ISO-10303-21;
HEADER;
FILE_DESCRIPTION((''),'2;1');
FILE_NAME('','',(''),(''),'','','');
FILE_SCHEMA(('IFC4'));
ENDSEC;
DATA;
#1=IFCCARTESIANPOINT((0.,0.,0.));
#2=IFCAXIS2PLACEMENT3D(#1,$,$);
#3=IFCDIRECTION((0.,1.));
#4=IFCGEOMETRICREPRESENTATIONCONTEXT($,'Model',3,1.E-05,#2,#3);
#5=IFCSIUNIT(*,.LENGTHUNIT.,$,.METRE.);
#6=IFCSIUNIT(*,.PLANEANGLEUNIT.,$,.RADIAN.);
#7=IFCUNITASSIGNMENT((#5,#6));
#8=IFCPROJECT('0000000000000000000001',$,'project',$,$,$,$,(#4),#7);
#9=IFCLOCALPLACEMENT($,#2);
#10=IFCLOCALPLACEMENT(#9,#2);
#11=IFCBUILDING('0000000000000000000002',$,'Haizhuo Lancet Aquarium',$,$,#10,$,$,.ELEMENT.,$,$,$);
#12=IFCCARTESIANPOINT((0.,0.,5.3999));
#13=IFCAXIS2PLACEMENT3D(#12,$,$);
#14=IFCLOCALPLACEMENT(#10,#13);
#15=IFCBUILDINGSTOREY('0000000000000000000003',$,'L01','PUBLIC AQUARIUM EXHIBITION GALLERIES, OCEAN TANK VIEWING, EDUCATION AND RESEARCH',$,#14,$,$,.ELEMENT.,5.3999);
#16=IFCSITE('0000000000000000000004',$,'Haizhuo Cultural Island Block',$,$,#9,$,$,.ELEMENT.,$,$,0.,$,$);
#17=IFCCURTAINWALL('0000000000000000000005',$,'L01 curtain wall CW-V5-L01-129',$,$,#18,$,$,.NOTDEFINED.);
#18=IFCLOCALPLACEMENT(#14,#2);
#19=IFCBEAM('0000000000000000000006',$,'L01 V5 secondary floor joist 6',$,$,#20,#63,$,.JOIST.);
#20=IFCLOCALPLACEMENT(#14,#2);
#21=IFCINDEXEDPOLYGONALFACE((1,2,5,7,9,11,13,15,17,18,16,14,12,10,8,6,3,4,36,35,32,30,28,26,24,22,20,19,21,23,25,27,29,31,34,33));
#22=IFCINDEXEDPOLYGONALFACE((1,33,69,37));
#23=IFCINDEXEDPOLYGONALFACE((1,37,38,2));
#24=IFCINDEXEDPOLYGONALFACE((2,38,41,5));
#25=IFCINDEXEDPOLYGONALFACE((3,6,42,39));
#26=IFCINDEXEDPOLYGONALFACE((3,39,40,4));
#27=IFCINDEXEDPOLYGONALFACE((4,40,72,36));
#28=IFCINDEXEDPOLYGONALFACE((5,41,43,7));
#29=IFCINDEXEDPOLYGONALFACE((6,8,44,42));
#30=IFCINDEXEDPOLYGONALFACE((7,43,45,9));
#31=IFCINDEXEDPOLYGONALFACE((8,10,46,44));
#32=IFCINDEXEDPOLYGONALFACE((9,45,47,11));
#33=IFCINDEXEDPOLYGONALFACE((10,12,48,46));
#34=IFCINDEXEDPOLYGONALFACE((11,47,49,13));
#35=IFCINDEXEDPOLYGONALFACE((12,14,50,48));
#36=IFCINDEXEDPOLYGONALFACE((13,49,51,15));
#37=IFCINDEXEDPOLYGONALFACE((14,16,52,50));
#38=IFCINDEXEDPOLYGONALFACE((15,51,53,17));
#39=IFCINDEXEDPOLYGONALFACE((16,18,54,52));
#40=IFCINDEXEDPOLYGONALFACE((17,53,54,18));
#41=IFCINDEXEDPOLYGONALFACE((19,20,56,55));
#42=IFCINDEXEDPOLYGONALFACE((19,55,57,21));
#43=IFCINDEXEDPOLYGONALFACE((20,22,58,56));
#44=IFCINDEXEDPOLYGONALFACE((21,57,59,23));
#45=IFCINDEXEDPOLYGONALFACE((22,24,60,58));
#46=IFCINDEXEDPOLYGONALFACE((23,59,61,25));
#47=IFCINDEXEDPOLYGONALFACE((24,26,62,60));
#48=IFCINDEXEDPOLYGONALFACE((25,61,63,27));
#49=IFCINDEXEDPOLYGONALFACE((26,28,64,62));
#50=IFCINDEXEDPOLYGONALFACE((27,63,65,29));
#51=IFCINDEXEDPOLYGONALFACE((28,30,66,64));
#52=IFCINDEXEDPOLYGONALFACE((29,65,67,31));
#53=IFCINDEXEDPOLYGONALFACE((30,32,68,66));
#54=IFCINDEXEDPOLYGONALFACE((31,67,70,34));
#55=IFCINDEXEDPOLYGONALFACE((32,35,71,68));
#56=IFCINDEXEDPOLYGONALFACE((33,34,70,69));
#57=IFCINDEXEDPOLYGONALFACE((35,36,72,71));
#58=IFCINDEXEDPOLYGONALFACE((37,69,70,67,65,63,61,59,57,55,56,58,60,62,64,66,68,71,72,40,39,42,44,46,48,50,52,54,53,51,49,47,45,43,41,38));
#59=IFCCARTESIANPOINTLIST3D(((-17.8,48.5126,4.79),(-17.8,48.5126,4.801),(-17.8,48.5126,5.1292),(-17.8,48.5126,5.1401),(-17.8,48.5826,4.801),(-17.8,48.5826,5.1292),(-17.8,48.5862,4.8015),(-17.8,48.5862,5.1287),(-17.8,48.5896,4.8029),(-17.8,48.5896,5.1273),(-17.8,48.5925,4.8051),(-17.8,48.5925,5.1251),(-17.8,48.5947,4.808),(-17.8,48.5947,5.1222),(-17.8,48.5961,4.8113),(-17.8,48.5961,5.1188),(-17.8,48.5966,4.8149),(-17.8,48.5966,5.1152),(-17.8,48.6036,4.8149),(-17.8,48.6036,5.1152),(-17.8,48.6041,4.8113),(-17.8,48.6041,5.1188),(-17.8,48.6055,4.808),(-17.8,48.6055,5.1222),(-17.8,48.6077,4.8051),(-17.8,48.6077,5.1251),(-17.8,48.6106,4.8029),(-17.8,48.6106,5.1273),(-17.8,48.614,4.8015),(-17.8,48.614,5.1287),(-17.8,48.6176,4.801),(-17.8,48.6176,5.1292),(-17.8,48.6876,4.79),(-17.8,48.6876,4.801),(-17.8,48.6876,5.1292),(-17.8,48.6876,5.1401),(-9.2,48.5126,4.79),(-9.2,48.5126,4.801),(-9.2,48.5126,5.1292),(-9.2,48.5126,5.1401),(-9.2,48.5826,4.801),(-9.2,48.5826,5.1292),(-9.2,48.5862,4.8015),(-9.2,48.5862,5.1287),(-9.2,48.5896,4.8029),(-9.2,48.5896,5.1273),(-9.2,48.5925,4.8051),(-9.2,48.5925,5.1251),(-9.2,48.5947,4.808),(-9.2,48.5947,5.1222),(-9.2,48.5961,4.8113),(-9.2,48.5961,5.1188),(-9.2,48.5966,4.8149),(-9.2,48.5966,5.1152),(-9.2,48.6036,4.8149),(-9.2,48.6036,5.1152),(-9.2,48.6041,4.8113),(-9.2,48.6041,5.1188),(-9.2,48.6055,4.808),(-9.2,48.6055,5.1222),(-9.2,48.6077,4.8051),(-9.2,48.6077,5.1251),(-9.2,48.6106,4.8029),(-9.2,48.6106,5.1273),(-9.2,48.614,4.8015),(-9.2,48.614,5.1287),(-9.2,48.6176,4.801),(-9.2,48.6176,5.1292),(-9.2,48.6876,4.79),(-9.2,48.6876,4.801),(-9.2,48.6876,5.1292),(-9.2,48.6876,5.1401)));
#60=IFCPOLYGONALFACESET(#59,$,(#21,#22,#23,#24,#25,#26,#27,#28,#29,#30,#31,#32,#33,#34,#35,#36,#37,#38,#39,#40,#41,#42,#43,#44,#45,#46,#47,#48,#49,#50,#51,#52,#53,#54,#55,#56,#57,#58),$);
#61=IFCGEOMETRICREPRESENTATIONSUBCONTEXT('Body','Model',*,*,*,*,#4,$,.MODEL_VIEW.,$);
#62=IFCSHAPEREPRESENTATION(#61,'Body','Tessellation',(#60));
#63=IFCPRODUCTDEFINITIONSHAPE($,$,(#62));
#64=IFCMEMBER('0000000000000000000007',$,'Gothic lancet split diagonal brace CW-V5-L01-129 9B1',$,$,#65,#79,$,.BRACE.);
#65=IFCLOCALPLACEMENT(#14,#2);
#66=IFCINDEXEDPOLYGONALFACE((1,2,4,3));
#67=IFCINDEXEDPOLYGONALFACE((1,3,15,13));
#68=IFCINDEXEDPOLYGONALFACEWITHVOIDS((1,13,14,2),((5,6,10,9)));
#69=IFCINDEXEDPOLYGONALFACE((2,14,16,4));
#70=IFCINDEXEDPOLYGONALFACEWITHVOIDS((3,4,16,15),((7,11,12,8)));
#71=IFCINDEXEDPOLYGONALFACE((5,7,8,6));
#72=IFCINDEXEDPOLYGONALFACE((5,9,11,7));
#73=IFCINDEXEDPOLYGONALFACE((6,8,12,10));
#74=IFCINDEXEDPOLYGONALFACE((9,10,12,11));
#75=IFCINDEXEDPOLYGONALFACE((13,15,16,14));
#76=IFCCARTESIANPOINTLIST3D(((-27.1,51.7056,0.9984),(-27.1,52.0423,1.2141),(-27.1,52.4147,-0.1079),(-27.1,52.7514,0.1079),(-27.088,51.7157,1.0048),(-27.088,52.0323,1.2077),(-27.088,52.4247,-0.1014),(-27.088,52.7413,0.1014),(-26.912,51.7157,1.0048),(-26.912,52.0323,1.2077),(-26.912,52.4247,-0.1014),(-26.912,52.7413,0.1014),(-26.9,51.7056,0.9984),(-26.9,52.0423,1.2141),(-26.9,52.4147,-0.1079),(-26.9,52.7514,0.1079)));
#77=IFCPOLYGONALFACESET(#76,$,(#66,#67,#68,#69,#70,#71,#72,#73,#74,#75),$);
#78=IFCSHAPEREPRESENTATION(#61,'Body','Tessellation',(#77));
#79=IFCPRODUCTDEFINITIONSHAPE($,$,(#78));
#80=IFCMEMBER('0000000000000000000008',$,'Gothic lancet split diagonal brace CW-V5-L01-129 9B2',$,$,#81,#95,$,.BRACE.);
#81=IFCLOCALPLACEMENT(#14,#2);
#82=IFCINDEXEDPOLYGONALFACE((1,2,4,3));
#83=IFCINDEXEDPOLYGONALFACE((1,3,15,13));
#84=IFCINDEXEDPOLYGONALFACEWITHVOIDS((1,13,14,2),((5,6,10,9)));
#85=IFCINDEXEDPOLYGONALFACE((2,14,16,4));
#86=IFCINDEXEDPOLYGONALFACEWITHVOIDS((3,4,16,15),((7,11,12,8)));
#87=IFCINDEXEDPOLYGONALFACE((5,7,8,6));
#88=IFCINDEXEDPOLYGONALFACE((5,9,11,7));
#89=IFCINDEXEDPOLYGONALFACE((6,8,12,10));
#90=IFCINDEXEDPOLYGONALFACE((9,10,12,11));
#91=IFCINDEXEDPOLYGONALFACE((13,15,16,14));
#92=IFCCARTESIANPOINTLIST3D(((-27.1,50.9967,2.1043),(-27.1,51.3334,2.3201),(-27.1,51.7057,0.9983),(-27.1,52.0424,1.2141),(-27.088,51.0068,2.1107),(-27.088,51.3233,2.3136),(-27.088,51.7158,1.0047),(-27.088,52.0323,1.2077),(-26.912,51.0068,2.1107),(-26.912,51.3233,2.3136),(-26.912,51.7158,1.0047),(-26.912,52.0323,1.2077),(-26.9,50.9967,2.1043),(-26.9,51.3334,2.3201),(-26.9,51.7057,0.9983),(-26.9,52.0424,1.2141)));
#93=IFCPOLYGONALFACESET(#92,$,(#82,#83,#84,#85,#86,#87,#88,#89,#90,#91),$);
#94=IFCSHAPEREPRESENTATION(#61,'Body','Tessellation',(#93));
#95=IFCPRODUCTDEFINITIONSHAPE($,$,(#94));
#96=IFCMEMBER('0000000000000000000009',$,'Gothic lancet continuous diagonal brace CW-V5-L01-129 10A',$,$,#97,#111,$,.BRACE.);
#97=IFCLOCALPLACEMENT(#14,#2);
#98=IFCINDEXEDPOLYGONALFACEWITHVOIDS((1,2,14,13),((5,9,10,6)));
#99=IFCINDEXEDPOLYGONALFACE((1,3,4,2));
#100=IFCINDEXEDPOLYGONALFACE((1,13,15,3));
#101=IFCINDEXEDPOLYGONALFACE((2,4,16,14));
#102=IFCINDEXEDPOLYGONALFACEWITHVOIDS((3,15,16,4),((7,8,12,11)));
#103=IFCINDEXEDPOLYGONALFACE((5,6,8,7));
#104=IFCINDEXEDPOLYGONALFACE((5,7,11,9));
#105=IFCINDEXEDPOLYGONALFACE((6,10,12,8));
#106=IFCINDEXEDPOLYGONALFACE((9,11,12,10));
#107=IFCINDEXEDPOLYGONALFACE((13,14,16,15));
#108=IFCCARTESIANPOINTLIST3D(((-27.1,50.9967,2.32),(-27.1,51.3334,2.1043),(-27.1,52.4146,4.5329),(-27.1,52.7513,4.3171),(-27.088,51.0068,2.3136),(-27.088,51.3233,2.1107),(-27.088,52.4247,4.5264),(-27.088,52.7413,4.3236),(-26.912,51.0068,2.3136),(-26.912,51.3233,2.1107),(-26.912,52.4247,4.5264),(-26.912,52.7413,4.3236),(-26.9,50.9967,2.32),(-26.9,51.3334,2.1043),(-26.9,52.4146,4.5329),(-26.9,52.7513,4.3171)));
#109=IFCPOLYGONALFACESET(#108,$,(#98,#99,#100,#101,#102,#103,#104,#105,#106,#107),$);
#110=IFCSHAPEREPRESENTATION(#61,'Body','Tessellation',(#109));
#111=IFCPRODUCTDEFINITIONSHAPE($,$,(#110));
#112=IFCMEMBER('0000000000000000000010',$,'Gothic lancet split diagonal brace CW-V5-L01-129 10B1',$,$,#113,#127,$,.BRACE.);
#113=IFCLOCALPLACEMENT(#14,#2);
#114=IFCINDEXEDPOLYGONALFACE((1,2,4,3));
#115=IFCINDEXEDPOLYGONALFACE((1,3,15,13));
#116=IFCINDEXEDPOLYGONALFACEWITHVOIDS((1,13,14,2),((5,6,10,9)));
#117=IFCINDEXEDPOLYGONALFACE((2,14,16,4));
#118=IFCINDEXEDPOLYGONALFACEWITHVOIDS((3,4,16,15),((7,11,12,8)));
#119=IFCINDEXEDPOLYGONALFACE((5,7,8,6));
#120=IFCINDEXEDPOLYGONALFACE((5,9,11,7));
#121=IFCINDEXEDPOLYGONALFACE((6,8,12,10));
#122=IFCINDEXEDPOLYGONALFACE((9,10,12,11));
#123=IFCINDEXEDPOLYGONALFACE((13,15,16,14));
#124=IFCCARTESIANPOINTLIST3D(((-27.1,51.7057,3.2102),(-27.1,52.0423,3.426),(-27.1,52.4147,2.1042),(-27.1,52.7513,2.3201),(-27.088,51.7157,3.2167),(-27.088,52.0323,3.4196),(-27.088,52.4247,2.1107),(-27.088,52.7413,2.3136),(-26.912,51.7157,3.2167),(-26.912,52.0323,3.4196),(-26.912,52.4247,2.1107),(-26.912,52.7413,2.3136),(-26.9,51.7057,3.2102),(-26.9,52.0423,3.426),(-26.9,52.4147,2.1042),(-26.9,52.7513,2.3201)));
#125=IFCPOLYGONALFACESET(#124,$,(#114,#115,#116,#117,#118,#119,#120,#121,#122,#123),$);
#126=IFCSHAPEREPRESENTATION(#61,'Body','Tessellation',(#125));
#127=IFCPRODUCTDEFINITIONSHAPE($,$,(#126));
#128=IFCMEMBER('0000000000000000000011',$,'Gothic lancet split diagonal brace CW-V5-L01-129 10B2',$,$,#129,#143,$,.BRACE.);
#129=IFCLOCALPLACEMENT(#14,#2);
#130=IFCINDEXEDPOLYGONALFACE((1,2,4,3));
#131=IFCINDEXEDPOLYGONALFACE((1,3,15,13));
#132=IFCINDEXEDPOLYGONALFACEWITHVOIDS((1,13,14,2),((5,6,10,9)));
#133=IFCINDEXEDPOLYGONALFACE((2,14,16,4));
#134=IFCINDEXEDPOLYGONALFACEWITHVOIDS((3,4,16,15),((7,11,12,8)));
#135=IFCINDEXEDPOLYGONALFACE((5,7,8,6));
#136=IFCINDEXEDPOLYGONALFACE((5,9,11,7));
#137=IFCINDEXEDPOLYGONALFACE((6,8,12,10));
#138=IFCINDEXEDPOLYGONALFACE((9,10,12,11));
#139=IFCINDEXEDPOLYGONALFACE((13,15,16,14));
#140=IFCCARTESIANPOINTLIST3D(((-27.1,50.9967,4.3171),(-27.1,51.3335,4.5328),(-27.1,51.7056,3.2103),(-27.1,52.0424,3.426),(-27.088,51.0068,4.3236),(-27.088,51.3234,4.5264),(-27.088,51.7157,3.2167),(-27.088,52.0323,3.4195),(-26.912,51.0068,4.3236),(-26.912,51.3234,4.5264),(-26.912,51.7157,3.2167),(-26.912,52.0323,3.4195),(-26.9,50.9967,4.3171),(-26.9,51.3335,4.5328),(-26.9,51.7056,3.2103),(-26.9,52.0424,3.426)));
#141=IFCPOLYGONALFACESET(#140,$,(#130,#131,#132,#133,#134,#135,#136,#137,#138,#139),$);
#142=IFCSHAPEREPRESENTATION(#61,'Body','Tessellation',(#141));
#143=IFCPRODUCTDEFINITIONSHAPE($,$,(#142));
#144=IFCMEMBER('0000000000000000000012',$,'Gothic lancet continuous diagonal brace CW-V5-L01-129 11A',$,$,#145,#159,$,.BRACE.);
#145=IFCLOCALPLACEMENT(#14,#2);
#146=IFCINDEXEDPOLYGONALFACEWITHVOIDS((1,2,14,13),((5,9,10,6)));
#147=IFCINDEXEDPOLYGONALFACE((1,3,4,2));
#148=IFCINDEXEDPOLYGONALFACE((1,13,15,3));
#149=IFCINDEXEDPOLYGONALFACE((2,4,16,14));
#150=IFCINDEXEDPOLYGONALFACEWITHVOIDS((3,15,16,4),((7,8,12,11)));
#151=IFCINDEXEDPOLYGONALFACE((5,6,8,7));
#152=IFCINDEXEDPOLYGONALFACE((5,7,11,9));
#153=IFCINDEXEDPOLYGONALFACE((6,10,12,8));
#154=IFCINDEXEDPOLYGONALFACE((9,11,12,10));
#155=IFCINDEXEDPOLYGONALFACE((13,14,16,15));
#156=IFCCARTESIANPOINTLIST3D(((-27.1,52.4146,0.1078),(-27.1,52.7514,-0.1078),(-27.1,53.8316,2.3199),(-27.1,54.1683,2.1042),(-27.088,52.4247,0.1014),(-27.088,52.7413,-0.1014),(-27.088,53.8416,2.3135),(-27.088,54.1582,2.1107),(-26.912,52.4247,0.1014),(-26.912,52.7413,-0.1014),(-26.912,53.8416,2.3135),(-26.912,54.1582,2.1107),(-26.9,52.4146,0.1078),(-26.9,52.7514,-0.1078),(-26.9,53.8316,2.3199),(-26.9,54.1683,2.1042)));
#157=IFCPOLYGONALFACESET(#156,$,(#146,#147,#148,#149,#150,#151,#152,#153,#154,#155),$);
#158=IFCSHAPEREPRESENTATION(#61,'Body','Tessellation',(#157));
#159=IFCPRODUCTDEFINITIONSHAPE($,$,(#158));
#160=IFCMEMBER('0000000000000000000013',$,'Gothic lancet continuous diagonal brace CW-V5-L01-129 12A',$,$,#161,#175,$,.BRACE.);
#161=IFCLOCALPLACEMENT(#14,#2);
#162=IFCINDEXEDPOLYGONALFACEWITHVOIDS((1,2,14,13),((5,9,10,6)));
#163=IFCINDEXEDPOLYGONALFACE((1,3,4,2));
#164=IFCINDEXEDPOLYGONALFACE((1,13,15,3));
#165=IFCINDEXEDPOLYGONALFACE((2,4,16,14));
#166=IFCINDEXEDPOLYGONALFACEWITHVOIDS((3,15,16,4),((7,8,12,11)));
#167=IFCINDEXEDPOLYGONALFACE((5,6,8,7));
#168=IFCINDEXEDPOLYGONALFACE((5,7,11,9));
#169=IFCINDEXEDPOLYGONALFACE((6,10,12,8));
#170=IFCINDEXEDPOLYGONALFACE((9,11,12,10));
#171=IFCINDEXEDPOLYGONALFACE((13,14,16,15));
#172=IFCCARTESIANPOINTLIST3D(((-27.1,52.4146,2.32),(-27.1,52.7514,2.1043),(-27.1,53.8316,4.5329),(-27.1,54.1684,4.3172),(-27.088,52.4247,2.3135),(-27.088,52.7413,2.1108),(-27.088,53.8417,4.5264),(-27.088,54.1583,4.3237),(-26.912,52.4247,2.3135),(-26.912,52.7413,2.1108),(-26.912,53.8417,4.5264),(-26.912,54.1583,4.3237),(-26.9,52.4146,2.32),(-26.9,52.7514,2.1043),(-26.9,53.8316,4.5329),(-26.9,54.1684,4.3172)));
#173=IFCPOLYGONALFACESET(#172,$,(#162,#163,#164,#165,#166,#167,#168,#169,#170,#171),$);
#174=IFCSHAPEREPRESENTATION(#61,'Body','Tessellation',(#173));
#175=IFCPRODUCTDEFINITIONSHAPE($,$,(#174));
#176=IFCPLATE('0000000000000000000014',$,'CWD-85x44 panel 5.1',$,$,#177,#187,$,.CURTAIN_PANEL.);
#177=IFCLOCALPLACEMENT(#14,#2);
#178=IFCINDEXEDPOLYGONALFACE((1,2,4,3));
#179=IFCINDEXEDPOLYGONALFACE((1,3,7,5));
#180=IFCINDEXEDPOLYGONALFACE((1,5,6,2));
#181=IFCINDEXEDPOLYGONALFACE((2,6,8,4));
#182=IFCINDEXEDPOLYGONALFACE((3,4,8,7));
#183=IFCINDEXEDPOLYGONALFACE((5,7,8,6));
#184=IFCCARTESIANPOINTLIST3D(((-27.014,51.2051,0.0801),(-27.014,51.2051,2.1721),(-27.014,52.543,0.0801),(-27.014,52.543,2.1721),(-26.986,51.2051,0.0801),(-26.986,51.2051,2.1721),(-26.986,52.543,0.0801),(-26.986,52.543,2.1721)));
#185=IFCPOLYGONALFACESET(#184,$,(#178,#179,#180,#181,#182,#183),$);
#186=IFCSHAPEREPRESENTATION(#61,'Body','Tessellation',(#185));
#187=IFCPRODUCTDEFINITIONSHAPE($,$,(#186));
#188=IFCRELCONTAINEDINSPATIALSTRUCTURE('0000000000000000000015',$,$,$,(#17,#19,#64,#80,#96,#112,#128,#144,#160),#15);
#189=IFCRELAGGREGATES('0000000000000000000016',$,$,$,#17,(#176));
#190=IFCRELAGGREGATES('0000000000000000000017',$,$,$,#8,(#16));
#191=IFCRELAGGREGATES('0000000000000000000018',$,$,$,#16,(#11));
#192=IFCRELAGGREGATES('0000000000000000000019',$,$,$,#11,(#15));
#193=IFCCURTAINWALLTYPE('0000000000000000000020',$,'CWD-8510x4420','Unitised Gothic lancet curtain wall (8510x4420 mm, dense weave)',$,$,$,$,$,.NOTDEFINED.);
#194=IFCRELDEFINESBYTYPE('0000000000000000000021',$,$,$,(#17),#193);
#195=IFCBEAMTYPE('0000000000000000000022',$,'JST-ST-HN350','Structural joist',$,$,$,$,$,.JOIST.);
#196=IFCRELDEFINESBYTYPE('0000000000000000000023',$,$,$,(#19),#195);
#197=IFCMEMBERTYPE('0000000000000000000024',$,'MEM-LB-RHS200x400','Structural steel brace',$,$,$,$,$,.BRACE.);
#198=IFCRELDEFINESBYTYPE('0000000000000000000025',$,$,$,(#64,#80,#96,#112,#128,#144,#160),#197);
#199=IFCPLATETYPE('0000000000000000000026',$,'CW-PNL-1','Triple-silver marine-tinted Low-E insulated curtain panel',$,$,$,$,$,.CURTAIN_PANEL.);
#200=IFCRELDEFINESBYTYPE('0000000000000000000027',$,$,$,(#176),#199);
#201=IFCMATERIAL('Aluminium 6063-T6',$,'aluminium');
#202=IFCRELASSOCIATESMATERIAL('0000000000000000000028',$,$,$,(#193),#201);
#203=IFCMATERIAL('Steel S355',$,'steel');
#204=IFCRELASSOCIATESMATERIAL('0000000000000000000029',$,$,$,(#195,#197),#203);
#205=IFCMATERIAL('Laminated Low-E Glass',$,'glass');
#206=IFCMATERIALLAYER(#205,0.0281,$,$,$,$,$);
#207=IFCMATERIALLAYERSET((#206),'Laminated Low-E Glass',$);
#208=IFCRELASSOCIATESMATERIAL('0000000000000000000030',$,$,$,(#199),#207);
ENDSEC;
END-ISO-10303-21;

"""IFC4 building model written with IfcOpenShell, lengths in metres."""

from ifc_helpers import new_model, si_unit, direction, frame, origin, origin_2d, place, context, subcontext, project, spatial, rectangle, hollow_rectangle, i_section, extrude, material, layer, layer_set, material_profile, profile_set, type_object, element, aggregate, save


model = new_model("IFC4")

# Units and contexts
model_context = context("Model", 3, precision=1e-05, world=origin(), true_north=direction((0.0, 1.0)))
body_context = subcontext(model_context, "Body", "Model", "MODEL_VIEW")
ifc_project = project(units=[si_unit("LENGTHUNIT", "METRE"), si_unit("PLANEANGLEUNIT", "RADIAN")], contexts=[model_context])

# Site, building, storey
site_placement = place(None, origin())
site = spatial("IfcSite", under=ifc_project, at=site_placement, Name="Haizhuo Cultural Island Block", CompositionType="ELEMENT", RefElevation=0.0)
building_placement = place(site_placement, origin())
building = spatial("IfcBuilding", under=site, at=building_placement, Name="Haizhuo Lancet Aquarium", CompositionType="ELEMENT")
storey_placement = place(building_placement, frame((0.0, 0.0, 5.3999)))
storey = spatial("IfcBuildingStorey", under=building, at=storey_placement, Name="L01", Description="PUBLIC AQUARIUM EXHIBITION GALLERIES, OCEAN TANK VIEWING, EDUCATION AND RESEARCH", CompositionType="ELEMENT", Elevation=5.3999)

# Curtain wall
ifc_material_1 = material(Name="Aluminium 6063-T6", Category="aluminium")
curtain_wall_type = type_object("IfcCurtainWallType", Name="CWD-8510x4420", Description="Unitised Gothic lancet curtain wall (8510x4420 mm, dense weave)", PredefinedType="NOTDEFINED", material=ifc_material_1)
curtain_wall_placement = place(storey_placement, origin())
curtain_wall = element("IfcCurtainWall", 1, at=curtain_wall_placement, inside=storey, type_object=curtain_wall_type, Name="L01 curtain wall CW-V5-L01-129", PredefinedType="NOTDEFINED")

# Beam
ifc_material_2 = material(Name="Steel S355", Category="steel")
ifc_material_profile_1 = material_profile(ifc_material_2, i_section(OverallWidth=0.175, OverallDepth=0.3501, WebThickness=0.0071, FlangeThickness=0.011, FilletRadius=0.0139, at=origin_2d()), Name="HN 350x175x7x11")
ifc_profile_set_1 = profile_set([ifc_material_profile_1], Name="Steel S355")
beam_type_1 = type_object("IfcBeamType", Name="JST-ST-HN350", Description="Structural joist", PredefinedType="JOIST", material=ifc_profile_set_1)
beam_1_placement = place(storey_placement, frame((-17.8, 48.6001, 4.9651), z_axis=(1.0, 0.0, 0.0), x_axis=(0.0, 1.0, 0.0)))
element("IfcBeam", 2, at=beam_1_placement, inside=storey, type_object=beam_type_1, Name="L01 V5 secondary floor joist 6", PredefinedType="JOIST", context=body_context, shape_type="SweptSolid", body=[
    extrude(i_section(OverallWidth=0.175, OverallDepth=0.3501, WebThickness=0.0071, FlangeThickness=0.011, FilletRadius=0.0139, at=origin_2d()), origin(), (0.0, 0.0, 1.0), 8.6001),
])

# Members
ifc_material_profile_2 = material_profile(ifc_material_2, hollow_rectangle(XDim=0.2, YDim=0.3999, WallThickness=0.012, at=origin_2d()), Name="RHS 200x400x12")
ifc_profile_set_2 = profile_set([ifc_material_profile_2], Name="Steel S355")
member_type_1 = type_object("IfcMemberType", Name="MEM-LB-RHS200x400", Description="Structural steel brace", PredefinedType="BRACE", material=ifc_profile_set_2)
member_1_placement = place(storey_placement, frame((-27.0, 52.583, 0.0), z_axis=(0.0, -0.539602, 0.84192), x_axis=(1.0, 0.0, 0.0)))
element("IfcMember", 3, at=member_1_placement, inside=storey, type_object=member_type_1, Name="Gothic lancet split diagonal brace CW-V5-L01-129 9B1", PredefinedType="BRACE", context=body_context, shape_type="SweptSolid", body=[
    extrude(hollow_rectangle(XDim=0.2, YDim=0.3999, WallThickness=0.012, at=origin_2d()), origin(), (0.0, 0.0, 1.0), 1.314),
])
member_2_placement = place(storey_placement, frame((-27.0, 51.874, 1.1062), z_axis=(0.0, -0.539686, 0.841866), x_axis=(1.0, 0.0, 0.0)))
element("IfcMember", 4, at=member_2_placement, inside=storey, type_object=member_type_1, Name="Gothic lancet split diagonal brace CW-V5-L01-129 9B2", PredefinedType="BRACE", context=body_context, shape_type="SweptSolid", body=[
    extrude(hollow_rectangle(XDim=0.2, YDim=0.3999, WallThickness=0.012, at=origin_2d()), origin(), (0.0, 0.0, 1.0), 1.3137),
])
member_3_placement = place(storey_placement, frame((-27.0, 51.165, 2.2122), z_axis=(0.0, 0.539518, 0.841974), x_axis=(-1.0, 0.0, 0.0)))
element("IfcMember", 5, at=member_3_placement, inside=storey, type_object=member_type_1, Name="Gothic lancet continuous diagonal brace CW-V5-L01-129 10A", PredefinedType="BRACE", context=body_context, shape_type="SweptSolid", body=[
    extrude(hollow_rectangle(XDim=0.2, YDim=0.3999, WallThickness=0.012, at=origin_2d()), origin(), (0.0, 0.0, 1.0), 2.6282),
])
member_4_placement = place(storey_placement, frame((-27.0, 52.583, 2.2122), z_axis=(0.0, -0.539686, 0.841866), x_axis=(1.0, 0.0, 0.0)))
element("IfcMember", 6, at=member_4_placement, inside=storey, type_object=member_type_1, Name="Gothic lancet split diagonal brace CW-V5-L01-129 10B1", PredefinedType="BRACE", context=body_context, shape_type="SweptSolid", body=[
    extrude(hollow_rectangle(XDim=0.2, YDim=0.3999, WallThickness=0.012, at=origin_2d()), origin(), (0.0, 0.0, 1.0), 1.3137),
])
member_5_placement = place(storey_placement, frame((-27.0, 51.874, 3.3181), z_axis=(0.0, -0.539349, 0.842082), x_axis=(1.0, 0.0, 0.0)))
element("IfcMember", 7, at=member_5_placement, inside=storey, type_object=member_type_1, Name="Gothic lancet split diagonal brace CW-V5-L01-129 10B2", PredefinedType="BRACE", context=body_context, shape_type="SweptSolid", body=[
    extrude(hollow_rectangle(XDim=0.2, YDim=0.3999, WallThickness=0.012, at=origin_2d()), origin(), (0.0, 0.0, 1.0), 1.3145),
])
member_6_placement = place(storey_placement, frame((-27.0, 52.583, 0.0), z_axis=(0.0, 0.539381, 0.842062), x_axis=(-1.0, 0.0, 0.0)))
element("IfcMember", 8, at=member_6_placement, inside=storey, type_object=member_type_1, Name="Gothic lancet continuous diagonal brace CW-V5-L01-129 11A", PredefinedType="BRACE", context=body_context, shape_type="SweptSolid", body=[
    extrude(hollow_rectangle(XDim=0.2, YDim=0.3999, WallThickness=0.012, at=origin_2d()), origin(), (0.0, 0.0, 1.0), 2.627),
])
member_7_placement = place(storey_placement, frame((-27.0, 52.583, 2.2122), z_axis=(0.0, 0.539254, 0.842143), x_axis=(-1.0, 0.0, 0.0)))
element("IfcMember", 9, at=member_7_placement, inside=storey, type_object=member_type_1, Name="Gothic lancet continuous diagonal brace CW-V5-L01-129 12A", PredefinedType="BRACE", context=body_context, shape_type="SweptSolid", body=[
    extrude(hollow_rectangle(XDim=0.2, YDim=0.3999, WallThickness=0.012, at=origin_2d()), origin(), (0.0, 0.0, 1.0), 2.6277),
])

# Plate
ifc_material_3 = material(Name="Laminated Low-E Glass", Category="glass")
ifc_layer_1 = layer(ifc_material_3, 0.0281)
ifc_layer_set_1 = layer_set([ifc_layer_1], Name="Laminated Low-E Glass")
plate_type = type_object("IfcPlateType", Name="CW-PNL-1", Description="Triple-silver marine-tinted Low-E insulated curtain panel", PredefinedType="CURTAIN_PANEL", material=ifc_layer_set_1)
plate_1_placement = place(storey_placement, frame((-27.0, 51.874, 0.0801), z_axis=(0.0, 0.0, 1.0), x_axis=(0.0, 1.0, 0.0)))
plate_1 = element("IfcPlate", 10, at=plate_1_placement, type_object=plate_type, Name="CWD-85x44 panel 5.1", PredefinedType="CURTAIN_PANEL", context=body_context, shape_type="SweptSolid", body=[
    extrude(rectangle(XDim=1.3379, YDim=0.0281, at=origin_2d()), origin(), (0.0, 0.0, 1.0), 2.092),
])
aggregate(curtain_wall, [plate_1])

save(model, "model.ifc")
